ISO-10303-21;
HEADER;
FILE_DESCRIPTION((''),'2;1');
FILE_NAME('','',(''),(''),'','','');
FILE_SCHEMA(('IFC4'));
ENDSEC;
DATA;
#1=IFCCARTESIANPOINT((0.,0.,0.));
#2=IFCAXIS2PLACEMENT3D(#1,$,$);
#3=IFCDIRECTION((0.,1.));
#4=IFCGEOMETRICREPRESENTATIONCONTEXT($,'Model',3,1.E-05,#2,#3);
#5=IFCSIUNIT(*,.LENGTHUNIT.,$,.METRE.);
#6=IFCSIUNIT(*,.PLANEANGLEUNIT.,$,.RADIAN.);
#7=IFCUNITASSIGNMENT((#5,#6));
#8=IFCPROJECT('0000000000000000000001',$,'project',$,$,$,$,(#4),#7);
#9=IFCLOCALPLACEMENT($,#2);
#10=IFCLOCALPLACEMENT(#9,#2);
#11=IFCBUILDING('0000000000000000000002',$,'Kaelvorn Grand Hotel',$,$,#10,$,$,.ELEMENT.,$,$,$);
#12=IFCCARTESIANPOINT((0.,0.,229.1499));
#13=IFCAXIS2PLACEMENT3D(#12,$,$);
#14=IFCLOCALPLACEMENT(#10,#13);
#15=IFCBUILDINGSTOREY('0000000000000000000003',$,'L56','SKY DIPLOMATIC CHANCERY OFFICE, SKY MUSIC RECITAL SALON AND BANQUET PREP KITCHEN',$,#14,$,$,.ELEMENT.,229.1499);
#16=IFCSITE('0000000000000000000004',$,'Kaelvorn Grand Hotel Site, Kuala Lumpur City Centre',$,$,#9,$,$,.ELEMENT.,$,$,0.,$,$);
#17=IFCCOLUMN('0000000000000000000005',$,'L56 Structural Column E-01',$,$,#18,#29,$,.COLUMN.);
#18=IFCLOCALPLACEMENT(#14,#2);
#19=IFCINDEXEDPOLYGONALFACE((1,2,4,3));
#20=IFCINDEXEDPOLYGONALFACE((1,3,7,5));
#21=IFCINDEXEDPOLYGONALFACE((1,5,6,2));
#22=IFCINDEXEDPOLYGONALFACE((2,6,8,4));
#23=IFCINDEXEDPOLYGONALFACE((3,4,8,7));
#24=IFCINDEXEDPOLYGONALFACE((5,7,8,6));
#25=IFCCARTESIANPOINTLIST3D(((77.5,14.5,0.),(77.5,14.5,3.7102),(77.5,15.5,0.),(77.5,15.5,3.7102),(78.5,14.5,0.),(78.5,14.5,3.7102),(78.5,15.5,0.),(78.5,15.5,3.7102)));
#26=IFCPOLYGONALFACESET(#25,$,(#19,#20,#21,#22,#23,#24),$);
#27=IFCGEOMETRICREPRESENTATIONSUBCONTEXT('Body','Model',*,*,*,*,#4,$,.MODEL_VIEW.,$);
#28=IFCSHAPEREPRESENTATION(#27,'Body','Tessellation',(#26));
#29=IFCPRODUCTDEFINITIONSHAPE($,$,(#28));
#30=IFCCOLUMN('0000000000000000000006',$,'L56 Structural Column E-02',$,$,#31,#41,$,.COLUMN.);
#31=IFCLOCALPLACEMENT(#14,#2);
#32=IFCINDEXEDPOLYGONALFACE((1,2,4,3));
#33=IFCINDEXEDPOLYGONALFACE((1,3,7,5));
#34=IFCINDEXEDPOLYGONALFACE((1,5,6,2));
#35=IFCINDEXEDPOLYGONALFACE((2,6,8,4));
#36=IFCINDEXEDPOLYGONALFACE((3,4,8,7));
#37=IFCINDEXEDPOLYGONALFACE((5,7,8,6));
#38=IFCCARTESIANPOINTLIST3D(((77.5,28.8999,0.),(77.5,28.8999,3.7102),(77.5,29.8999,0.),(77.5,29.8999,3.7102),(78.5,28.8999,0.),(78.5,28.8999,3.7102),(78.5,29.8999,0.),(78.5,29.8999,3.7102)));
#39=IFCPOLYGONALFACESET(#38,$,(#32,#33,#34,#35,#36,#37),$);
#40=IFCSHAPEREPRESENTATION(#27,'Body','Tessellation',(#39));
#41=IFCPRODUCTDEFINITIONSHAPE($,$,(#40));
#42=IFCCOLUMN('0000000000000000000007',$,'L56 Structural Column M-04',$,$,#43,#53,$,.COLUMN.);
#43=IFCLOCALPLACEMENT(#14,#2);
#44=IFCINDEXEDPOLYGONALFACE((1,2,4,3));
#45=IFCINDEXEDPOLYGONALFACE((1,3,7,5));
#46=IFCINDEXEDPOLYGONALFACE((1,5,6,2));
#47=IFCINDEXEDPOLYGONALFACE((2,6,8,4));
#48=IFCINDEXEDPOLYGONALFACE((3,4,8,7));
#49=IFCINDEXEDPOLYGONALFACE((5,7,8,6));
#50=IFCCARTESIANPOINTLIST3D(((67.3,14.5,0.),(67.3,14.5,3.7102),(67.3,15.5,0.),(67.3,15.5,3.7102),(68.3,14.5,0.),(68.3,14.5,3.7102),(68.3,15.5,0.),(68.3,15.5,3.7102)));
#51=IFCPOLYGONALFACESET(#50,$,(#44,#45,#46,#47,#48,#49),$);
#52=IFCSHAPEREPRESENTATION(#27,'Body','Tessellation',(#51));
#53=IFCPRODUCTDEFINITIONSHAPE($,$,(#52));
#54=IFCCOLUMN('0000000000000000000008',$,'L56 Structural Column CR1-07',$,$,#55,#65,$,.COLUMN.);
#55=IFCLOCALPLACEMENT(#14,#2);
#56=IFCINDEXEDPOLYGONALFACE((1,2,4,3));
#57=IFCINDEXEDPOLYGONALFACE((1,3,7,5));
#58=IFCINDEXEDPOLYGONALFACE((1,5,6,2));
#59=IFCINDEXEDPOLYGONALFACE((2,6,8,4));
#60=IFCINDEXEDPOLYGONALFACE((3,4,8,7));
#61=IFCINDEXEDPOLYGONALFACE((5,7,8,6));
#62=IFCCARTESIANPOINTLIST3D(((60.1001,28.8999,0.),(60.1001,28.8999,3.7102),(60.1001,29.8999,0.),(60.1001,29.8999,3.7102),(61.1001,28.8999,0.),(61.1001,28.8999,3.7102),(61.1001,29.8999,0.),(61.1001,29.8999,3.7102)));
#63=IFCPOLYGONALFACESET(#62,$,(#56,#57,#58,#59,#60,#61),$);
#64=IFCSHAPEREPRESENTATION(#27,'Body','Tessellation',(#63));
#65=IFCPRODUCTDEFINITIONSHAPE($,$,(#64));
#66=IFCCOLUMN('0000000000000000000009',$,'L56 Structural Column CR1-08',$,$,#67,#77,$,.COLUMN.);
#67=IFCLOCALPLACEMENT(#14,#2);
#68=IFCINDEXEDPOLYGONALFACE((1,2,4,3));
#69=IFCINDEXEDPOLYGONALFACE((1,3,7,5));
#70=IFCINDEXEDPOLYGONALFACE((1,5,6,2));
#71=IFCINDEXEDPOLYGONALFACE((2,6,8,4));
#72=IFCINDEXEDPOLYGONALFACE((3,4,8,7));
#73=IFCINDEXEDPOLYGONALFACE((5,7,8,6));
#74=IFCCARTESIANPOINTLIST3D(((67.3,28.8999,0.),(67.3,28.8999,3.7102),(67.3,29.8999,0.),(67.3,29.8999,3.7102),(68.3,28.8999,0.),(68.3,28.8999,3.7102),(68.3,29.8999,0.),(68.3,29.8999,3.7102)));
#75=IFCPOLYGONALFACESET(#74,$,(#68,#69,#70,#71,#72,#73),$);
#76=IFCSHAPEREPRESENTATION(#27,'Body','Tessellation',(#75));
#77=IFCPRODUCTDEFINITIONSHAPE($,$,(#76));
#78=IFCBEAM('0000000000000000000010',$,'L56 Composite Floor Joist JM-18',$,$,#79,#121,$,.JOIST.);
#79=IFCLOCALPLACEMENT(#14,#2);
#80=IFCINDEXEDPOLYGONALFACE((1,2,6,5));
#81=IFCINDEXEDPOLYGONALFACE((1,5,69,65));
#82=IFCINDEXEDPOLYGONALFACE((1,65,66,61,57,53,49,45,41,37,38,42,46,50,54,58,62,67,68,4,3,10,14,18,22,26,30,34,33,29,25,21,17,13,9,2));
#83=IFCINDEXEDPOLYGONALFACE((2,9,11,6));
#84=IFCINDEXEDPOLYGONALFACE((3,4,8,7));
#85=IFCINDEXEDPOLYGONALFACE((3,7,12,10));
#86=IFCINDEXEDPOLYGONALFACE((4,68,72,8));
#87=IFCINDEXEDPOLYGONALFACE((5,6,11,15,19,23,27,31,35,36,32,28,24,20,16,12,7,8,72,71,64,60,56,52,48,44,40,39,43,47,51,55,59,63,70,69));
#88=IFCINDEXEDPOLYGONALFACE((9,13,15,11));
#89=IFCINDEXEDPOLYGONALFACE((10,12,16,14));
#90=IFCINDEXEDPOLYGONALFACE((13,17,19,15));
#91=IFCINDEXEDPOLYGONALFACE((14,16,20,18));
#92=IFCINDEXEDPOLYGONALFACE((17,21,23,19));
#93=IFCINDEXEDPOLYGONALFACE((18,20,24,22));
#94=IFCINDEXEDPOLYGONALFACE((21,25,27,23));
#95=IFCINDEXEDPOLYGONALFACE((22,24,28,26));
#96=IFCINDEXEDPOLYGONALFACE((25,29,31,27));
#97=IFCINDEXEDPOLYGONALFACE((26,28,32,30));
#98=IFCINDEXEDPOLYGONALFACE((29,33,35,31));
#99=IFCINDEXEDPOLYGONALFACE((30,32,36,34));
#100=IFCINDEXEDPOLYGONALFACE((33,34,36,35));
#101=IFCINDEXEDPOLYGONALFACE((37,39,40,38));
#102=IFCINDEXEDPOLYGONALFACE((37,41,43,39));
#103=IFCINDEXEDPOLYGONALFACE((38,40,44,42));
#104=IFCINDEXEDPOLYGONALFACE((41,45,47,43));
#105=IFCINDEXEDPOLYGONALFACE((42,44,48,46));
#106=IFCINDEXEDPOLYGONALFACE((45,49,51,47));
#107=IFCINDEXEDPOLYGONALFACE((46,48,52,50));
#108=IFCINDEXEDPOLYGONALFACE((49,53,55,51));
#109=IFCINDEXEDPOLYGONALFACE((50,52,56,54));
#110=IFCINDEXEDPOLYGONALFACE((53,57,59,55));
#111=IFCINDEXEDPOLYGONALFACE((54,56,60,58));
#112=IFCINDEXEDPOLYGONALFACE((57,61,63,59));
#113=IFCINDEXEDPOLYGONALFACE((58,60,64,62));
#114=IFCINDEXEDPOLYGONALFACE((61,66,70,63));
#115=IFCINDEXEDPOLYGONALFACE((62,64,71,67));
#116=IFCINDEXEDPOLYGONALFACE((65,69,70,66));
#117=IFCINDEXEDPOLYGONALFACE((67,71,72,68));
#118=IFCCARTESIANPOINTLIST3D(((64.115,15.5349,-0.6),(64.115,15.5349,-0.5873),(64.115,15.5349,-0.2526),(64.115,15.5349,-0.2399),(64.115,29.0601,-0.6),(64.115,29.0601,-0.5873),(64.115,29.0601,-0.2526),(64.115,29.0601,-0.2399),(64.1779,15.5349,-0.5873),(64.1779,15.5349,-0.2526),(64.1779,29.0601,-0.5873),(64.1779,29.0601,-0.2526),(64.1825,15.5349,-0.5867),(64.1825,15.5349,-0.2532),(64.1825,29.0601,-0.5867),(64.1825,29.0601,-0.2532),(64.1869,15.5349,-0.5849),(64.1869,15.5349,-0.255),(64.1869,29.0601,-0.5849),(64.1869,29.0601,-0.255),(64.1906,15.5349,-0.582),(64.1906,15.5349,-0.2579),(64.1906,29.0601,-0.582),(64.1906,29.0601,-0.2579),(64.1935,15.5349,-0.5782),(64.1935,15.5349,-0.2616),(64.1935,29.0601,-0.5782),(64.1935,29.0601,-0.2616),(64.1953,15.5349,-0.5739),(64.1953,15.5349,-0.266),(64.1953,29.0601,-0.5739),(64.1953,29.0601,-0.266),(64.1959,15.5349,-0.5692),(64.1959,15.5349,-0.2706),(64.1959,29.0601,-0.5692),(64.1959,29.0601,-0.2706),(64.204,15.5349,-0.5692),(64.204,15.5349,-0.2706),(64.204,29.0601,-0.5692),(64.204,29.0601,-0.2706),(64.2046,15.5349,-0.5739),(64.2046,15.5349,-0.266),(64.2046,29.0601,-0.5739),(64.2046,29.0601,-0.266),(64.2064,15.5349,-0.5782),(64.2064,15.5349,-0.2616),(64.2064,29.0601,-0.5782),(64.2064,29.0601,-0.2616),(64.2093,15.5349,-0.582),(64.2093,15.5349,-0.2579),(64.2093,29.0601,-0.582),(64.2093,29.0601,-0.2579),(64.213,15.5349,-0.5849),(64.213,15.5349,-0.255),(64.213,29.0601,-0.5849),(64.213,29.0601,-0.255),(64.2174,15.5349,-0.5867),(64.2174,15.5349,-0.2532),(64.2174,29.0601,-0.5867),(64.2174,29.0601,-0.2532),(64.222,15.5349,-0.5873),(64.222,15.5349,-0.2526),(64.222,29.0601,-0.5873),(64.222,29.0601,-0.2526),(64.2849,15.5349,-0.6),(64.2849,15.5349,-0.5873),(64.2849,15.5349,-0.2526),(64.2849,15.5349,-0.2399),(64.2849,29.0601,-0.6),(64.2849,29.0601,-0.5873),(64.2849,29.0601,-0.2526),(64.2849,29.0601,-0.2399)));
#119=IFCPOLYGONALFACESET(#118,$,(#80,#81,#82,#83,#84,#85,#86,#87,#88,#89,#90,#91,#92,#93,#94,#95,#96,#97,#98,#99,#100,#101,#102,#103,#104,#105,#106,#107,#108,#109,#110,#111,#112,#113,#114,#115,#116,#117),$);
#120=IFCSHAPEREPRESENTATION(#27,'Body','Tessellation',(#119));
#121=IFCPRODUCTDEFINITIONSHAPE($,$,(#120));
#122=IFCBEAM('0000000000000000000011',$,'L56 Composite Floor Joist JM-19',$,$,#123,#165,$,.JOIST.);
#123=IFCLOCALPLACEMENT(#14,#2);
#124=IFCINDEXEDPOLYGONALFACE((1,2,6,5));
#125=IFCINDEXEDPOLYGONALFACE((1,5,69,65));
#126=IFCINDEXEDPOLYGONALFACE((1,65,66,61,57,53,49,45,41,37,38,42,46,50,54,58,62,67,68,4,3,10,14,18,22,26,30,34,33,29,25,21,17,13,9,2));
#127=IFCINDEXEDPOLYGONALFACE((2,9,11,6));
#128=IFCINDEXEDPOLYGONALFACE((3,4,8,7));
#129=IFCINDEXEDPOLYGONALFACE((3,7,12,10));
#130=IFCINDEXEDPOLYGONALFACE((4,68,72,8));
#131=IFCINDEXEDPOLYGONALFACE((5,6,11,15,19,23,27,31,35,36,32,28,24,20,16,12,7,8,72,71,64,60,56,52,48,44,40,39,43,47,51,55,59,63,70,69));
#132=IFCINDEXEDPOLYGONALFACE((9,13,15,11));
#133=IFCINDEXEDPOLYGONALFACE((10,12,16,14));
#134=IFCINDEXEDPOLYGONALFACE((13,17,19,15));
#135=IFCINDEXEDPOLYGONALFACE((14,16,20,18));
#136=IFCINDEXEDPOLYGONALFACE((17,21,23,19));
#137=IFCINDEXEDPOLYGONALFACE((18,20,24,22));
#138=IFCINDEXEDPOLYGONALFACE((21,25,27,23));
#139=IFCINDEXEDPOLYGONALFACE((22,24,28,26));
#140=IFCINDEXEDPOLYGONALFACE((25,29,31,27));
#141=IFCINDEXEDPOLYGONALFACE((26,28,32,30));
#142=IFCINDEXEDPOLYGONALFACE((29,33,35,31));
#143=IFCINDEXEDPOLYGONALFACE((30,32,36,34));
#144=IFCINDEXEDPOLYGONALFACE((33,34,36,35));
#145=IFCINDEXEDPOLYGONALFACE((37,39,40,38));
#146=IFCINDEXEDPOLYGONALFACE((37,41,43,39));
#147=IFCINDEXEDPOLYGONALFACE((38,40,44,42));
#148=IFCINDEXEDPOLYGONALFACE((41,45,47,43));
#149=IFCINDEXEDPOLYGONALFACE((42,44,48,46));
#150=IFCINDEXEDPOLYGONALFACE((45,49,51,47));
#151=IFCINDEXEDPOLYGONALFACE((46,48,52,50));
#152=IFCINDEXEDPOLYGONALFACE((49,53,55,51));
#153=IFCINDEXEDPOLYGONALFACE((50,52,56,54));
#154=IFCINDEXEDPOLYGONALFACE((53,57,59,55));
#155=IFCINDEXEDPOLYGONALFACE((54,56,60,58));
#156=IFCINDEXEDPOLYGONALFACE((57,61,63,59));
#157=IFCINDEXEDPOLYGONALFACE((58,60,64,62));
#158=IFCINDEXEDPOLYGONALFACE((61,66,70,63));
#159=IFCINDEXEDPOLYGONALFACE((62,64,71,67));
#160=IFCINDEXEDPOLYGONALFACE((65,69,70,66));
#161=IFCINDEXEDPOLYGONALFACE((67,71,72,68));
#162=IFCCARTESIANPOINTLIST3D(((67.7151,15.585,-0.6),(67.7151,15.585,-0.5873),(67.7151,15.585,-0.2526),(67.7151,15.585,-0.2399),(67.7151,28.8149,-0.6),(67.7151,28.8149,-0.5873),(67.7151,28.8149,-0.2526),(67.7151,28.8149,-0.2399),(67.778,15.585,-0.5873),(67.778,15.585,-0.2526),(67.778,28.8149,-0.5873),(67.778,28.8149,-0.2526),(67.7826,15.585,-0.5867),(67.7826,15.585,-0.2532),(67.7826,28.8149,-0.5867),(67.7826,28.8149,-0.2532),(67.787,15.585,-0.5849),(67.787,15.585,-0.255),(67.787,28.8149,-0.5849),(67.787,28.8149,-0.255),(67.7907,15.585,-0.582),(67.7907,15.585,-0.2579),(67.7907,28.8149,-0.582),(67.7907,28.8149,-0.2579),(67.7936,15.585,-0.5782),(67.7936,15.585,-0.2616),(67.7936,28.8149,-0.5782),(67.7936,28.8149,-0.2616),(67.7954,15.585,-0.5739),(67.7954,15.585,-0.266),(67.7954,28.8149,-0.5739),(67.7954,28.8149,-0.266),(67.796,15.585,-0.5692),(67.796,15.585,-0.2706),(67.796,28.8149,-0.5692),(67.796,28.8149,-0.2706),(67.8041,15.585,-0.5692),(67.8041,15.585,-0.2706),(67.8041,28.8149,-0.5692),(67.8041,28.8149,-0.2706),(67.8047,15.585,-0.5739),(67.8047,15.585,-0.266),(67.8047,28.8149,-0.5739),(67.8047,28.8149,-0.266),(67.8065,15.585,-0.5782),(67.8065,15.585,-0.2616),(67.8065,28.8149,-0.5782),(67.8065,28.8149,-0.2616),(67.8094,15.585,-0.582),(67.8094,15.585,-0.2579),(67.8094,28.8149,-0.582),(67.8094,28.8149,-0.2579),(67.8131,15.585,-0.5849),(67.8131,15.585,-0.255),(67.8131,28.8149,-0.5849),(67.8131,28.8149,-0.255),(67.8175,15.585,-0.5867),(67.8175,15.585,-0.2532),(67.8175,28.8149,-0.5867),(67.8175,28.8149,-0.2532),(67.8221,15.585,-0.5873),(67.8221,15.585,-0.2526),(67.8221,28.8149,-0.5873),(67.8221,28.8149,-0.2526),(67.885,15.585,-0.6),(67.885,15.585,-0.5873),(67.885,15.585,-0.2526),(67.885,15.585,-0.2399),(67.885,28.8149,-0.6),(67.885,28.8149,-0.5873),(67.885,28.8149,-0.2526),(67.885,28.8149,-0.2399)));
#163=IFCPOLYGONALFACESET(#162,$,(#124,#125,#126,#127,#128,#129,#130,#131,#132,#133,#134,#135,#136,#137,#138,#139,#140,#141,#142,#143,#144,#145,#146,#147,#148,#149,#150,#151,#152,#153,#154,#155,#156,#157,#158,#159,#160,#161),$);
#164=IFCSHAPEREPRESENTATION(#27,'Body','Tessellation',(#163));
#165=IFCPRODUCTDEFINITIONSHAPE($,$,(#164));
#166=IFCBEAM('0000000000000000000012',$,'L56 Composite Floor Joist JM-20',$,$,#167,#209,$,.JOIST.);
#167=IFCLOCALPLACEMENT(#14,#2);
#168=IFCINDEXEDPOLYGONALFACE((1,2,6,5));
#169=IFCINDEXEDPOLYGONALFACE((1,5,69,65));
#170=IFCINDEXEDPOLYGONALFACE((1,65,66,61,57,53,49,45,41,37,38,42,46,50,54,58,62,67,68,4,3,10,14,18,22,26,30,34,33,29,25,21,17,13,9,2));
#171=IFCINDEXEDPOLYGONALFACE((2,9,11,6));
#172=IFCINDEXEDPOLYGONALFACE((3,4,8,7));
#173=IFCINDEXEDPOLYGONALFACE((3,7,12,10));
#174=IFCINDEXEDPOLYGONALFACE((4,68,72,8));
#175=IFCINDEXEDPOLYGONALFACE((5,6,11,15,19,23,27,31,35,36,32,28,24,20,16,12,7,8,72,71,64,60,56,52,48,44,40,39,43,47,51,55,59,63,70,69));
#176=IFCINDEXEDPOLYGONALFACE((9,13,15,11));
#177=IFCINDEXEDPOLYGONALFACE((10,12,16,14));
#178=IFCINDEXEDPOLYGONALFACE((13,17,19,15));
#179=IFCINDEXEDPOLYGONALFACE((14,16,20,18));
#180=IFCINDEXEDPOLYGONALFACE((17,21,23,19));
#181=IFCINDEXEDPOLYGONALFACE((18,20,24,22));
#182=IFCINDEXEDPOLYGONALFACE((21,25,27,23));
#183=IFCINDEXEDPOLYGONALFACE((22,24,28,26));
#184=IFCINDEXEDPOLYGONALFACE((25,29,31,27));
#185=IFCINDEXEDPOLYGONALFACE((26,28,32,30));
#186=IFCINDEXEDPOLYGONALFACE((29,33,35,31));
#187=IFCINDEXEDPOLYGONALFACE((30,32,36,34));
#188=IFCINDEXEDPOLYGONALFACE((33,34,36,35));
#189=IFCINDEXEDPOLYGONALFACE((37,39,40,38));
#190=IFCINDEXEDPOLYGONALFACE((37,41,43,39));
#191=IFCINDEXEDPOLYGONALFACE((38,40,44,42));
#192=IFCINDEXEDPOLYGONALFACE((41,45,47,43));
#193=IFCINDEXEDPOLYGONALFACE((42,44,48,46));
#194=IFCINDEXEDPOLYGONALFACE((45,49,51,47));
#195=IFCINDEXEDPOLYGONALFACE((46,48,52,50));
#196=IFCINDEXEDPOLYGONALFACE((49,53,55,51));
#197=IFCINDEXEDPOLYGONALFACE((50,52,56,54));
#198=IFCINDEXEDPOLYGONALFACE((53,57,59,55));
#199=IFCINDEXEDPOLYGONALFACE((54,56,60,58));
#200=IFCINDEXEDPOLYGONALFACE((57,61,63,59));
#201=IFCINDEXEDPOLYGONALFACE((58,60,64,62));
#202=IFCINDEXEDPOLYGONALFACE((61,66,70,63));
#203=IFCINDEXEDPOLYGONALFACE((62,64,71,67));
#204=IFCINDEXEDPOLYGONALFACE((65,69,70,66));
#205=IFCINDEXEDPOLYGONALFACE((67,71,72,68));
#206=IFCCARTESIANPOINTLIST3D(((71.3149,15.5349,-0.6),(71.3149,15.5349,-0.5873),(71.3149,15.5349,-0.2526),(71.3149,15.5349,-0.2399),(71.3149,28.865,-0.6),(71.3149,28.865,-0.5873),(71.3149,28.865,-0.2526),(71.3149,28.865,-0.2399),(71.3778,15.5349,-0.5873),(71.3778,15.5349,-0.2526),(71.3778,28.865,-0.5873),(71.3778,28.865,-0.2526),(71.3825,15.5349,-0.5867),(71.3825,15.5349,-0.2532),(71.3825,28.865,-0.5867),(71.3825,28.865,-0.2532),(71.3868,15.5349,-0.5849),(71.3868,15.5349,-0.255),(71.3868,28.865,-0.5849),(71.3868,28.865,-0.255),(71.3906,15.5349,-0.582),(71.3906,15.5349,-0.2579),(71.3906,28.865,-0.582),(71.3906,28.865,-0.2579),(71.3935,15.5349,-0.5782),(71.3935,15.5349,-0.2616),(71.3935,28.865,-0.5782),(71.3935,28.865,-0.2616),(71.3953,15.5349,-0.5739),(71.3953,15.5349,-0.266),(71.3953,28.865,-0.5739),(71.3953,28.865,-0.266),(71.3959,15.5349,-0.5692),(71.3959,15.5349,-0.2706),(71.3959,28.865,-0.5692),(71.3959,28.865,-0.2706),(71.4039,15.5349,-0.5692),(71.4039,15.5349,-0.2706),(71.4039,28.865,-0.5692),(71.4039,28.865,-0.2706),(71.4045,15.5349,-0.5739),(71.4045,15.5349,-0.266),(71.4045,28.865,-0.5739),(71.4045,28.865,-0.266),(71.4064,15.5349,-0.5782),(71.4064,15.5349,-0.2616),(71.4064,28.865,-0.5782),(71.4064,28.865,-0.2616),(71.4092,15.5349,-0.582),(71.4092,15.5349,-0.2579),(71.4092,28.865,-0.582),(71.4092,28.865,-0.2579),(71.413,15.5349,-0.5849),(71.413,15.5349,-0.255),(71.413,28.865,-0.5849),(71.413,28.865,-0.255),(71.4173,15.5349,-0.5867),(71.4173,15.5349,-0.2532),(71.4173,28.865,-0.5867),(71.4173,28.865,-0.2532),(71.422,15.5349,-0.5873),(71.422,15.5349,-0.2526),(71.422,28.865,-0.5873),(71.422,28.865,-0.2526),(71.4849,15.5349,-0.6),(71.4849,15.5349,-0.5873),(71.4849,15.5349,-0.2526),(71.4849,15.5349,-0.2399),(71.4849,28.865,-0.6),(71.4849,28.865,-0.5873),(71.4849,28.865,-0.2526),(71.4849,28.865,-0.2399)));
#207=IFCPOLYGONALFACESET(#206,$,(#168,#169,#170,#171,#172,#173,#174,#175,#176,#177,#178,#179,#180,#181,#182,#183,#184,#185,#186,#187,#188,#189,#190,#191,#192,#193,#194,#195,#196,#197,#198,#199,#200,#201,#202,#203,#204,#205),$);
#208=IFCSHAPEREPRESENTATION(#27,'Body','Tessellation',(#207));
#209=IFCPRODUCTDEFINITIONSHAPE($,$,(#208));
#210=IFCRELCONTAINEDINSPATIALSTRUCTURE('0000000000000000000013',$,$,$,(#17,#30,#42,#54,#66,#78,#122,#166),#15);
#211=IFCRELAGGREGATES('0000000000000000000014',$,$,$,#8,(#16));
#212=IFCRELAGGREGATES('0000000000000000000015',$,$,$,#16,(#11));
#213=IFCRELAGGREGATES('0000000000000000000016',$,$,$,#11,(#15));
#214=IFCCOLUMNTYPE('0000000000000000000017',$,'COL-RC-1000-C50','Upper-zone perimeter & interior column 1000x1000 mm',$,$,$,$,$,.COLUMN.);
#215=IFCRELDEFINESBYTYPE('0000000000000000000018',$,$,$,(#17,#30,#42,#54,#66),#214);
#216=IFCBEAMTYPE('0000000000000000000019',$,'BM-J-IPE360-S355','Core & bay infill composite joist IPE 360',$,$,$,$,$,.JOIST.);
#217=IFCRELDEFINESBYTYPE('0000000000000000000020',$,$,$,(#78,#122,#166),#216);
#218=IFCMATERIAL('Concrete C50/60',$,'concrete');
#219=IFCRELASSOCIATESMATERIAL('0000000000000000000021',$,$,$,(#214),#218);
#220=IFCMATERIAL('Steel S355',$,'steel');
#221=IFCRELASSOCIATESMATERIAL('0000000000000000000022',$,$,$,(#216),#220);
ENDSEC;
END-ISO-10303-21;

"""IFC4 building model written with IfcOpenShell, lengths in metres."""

from ifc_helpers import new_model, si_unit, direction, frame, origin, origin_2d, place, context, subcontext, project, spatial, rectangle, i_section, extrude, material, material_profile, profile_set, type_object, element, save


model = new_model("IFC4")

# Units and contexts
model_context = context("Model", 3, precision=1e-05, world=origin(), true_north=direction((0.0, 1.0)))
body_context = subcontext(model_context, "Body", "Model", "MODEL_VIEW")
ifc_project = project(units=[si_unit("LENGTHUNIT", "METRE"), si_unit("PLANEANGLEUNIT", "RADIAN")], contexts=[model_context])

# Site, building, storey
site_placement = place(None, origin())
site = spatial("IfcSite", under=ifc_project, at=site_placement, Name="Kaelvorn Grand Hotel Site, Kuala Lumpur City Centre", CompositionType="ELEMENT", RefElevation=0.0)
building_placement = place(site_placement, origin())
building = spatial("IfcBuilding", under=site, at=building_placement, Name="Kaelvorn Grand Hotel", CompositionType="ELEMENT")
storey_placement = place(building_placement, frame((0.0, 0.0, 229.1499)))
storey = spatial("IfcBuildingStorey", under=building, at=storey_placement, Name="L56", Description="SKY DIPLOMATIC CHANCERY OFFICE, SKY MUSIC RECITAL SALON AND BANQUET PREP KITCHEN", CompositionType="ELEMENT", Elevation=229.1499)

# Columns
ifc_material_1 = material(Name="Concrete C50/60", Category="concrete")
ifc_material_profile_1 = material_profile(ifc_material_1, rectangle(XDim=1.0, YDim=1.0, at=origin_2d()), Name="RC COL 1000x1000")
ifc_profile_set_1 = profile_set([ifc_material_profile_1], Name="Concrete C50/60")
column_type = type_object("IfcColumnType", Name="COL-RC-1000-C50", Description="Upper-zone perimeter & interior column 1000x1000 mm", PredefinedType="COLUMN", material=ifc_profile_set_1)
for number, where, z_axis, x_axis, name in (
    (1, (78.0, 15.0, 0.0), (0.0, 0.0, 1.0), (1.0, 0.0, 0.0), "L56 Structural Column E-01"),
    (2, (78.0, 29.3999, 0.0), (0.0, 0.0, 1.0), (1.0, 0.0, 0.0), "L56 Structural Column E-02"),
    (3, (67.8, 15.0, 0.0), (0.0, 0.0, 1.0), (1.0, 0.0, 0.0), "L56 Structural Column M-04"),
    (4, (60.6001, 29.3999, 0.0), (0.0, 0.0, 1.0), (1.0, 0.0, 0.0), "L56 Structural Column CR1-07"),
    (5, (67.8, 29.3999, 0.0), (0.0, 0.0, 1.0), (1.0, 0.0, 0.0), "L56 Structural Column CR1-08"),
):
    element("IfcColumn", number, at=place(storey_placement, frame(where, z_axis=z_axis, x_axis=x_axis)), inside=storey, type_object=column_type, Name=name, PredefinedType="COLUMN", context=body_context, shape_type="SweptSolid", body=[
        extrude(rectangle(XDim=1.0, YDim=1.0, at=origin_2d()), origin(), (0.0, 0.0, 1.0), 3.7102),
    ])

# Beams
ifc_material_2 = material(Name="Steel S355", Category="steel")
ifc_material_profile_2 = material_profile(ifc_material_2, i_section(OverallWidth=0.1699, OverallDepth=0.3601, WebThickness=0.0081, FlangeThickness=0.0127, FilletRadius=0.0181, at=origin_2d()), Name="IPE 360")
ifc_profile_set_2 = profile_set([ifc_material_profile_2], Name="Steel S355")
beam_type_1 = type_object("IfcBeamType", Name="BM-J-IPE360-S355", Description="Core & bay infill composite joist IPE 360", PredefinedType="JOIST", material=ifc_profile_set_2)
beam_1_placement = place(storey_placement, frame((64.2, 15.5349, -0.4199), z_axis=(0.0, 1.0, 0.0), x_axis=(-1.0, 0.0, 0.0)))
element("IfcBeam", 6, at=beam_1_placement, inside=storey, type_object=beam_type_1, Name="L56 Composite Floor Joist JM-18", PredefinedType="JOIST", context=body_context, shape_type="SweptSolid", body=[
    extrude(i_section(OverallWidth=0.1699, OverallDepth=0.3601, WebThickness=0.0081, FlangeThickness=0.0127, FilletRadius=0.0181, at=origin_2d()), origin(), (0.0, 0.0, 1.0), 13.5251),
])
beam_2_placement = place(storey_placement, frame((67.8, 15.585, -0.4199), z_axis=(0.0, 1.0, 0.0), x_axis=(-1.0, 0.0, 0.0)))
element("IfcBeam", 7, at=beam_2_placement, inside=storey, type_object=beam_type_1, Name="L56 Composite Floor Joist JM-19", PredefinedType="JOIST", context=body_context, shape_type="SweptSolid", body=[
    extrude(i_section(OverallWidth=0.1699, OverallDepth=0.3601, WebThickness=0.0081, FlangeThickness=0.0127, FilletRadius=0.0181, at=origin_2d()), origin(), (0.0, 0.0, 1.0), 13.23),
])
beam_3_placement = place(storey_placement, frame((71.3999, 15.5349, -0.4199), z_axis=(0.0, 1.0, 0.0), x_axis=(-1.0, 0.0, 0.0)))
element("IfcBeam", 8, at=beam_3_placement, inside=storey, type_object=beam_type_1, Name="L56 Composite Floor Joist JM-20", PredefinedType="JOIST", context=body_context, shape_type="SweptSolid", body=[
    extrude(i_section(OverallWidth=0.1699, OverallDepth=0.3601, WebThickness=0.0081, FlangeThickness=0.0127, FilletRadius=0.0181, at=origin_2d()), origin(), (0.0, 0.0, 1.0), 13.3301),
])

save(model, "model.ifc")
